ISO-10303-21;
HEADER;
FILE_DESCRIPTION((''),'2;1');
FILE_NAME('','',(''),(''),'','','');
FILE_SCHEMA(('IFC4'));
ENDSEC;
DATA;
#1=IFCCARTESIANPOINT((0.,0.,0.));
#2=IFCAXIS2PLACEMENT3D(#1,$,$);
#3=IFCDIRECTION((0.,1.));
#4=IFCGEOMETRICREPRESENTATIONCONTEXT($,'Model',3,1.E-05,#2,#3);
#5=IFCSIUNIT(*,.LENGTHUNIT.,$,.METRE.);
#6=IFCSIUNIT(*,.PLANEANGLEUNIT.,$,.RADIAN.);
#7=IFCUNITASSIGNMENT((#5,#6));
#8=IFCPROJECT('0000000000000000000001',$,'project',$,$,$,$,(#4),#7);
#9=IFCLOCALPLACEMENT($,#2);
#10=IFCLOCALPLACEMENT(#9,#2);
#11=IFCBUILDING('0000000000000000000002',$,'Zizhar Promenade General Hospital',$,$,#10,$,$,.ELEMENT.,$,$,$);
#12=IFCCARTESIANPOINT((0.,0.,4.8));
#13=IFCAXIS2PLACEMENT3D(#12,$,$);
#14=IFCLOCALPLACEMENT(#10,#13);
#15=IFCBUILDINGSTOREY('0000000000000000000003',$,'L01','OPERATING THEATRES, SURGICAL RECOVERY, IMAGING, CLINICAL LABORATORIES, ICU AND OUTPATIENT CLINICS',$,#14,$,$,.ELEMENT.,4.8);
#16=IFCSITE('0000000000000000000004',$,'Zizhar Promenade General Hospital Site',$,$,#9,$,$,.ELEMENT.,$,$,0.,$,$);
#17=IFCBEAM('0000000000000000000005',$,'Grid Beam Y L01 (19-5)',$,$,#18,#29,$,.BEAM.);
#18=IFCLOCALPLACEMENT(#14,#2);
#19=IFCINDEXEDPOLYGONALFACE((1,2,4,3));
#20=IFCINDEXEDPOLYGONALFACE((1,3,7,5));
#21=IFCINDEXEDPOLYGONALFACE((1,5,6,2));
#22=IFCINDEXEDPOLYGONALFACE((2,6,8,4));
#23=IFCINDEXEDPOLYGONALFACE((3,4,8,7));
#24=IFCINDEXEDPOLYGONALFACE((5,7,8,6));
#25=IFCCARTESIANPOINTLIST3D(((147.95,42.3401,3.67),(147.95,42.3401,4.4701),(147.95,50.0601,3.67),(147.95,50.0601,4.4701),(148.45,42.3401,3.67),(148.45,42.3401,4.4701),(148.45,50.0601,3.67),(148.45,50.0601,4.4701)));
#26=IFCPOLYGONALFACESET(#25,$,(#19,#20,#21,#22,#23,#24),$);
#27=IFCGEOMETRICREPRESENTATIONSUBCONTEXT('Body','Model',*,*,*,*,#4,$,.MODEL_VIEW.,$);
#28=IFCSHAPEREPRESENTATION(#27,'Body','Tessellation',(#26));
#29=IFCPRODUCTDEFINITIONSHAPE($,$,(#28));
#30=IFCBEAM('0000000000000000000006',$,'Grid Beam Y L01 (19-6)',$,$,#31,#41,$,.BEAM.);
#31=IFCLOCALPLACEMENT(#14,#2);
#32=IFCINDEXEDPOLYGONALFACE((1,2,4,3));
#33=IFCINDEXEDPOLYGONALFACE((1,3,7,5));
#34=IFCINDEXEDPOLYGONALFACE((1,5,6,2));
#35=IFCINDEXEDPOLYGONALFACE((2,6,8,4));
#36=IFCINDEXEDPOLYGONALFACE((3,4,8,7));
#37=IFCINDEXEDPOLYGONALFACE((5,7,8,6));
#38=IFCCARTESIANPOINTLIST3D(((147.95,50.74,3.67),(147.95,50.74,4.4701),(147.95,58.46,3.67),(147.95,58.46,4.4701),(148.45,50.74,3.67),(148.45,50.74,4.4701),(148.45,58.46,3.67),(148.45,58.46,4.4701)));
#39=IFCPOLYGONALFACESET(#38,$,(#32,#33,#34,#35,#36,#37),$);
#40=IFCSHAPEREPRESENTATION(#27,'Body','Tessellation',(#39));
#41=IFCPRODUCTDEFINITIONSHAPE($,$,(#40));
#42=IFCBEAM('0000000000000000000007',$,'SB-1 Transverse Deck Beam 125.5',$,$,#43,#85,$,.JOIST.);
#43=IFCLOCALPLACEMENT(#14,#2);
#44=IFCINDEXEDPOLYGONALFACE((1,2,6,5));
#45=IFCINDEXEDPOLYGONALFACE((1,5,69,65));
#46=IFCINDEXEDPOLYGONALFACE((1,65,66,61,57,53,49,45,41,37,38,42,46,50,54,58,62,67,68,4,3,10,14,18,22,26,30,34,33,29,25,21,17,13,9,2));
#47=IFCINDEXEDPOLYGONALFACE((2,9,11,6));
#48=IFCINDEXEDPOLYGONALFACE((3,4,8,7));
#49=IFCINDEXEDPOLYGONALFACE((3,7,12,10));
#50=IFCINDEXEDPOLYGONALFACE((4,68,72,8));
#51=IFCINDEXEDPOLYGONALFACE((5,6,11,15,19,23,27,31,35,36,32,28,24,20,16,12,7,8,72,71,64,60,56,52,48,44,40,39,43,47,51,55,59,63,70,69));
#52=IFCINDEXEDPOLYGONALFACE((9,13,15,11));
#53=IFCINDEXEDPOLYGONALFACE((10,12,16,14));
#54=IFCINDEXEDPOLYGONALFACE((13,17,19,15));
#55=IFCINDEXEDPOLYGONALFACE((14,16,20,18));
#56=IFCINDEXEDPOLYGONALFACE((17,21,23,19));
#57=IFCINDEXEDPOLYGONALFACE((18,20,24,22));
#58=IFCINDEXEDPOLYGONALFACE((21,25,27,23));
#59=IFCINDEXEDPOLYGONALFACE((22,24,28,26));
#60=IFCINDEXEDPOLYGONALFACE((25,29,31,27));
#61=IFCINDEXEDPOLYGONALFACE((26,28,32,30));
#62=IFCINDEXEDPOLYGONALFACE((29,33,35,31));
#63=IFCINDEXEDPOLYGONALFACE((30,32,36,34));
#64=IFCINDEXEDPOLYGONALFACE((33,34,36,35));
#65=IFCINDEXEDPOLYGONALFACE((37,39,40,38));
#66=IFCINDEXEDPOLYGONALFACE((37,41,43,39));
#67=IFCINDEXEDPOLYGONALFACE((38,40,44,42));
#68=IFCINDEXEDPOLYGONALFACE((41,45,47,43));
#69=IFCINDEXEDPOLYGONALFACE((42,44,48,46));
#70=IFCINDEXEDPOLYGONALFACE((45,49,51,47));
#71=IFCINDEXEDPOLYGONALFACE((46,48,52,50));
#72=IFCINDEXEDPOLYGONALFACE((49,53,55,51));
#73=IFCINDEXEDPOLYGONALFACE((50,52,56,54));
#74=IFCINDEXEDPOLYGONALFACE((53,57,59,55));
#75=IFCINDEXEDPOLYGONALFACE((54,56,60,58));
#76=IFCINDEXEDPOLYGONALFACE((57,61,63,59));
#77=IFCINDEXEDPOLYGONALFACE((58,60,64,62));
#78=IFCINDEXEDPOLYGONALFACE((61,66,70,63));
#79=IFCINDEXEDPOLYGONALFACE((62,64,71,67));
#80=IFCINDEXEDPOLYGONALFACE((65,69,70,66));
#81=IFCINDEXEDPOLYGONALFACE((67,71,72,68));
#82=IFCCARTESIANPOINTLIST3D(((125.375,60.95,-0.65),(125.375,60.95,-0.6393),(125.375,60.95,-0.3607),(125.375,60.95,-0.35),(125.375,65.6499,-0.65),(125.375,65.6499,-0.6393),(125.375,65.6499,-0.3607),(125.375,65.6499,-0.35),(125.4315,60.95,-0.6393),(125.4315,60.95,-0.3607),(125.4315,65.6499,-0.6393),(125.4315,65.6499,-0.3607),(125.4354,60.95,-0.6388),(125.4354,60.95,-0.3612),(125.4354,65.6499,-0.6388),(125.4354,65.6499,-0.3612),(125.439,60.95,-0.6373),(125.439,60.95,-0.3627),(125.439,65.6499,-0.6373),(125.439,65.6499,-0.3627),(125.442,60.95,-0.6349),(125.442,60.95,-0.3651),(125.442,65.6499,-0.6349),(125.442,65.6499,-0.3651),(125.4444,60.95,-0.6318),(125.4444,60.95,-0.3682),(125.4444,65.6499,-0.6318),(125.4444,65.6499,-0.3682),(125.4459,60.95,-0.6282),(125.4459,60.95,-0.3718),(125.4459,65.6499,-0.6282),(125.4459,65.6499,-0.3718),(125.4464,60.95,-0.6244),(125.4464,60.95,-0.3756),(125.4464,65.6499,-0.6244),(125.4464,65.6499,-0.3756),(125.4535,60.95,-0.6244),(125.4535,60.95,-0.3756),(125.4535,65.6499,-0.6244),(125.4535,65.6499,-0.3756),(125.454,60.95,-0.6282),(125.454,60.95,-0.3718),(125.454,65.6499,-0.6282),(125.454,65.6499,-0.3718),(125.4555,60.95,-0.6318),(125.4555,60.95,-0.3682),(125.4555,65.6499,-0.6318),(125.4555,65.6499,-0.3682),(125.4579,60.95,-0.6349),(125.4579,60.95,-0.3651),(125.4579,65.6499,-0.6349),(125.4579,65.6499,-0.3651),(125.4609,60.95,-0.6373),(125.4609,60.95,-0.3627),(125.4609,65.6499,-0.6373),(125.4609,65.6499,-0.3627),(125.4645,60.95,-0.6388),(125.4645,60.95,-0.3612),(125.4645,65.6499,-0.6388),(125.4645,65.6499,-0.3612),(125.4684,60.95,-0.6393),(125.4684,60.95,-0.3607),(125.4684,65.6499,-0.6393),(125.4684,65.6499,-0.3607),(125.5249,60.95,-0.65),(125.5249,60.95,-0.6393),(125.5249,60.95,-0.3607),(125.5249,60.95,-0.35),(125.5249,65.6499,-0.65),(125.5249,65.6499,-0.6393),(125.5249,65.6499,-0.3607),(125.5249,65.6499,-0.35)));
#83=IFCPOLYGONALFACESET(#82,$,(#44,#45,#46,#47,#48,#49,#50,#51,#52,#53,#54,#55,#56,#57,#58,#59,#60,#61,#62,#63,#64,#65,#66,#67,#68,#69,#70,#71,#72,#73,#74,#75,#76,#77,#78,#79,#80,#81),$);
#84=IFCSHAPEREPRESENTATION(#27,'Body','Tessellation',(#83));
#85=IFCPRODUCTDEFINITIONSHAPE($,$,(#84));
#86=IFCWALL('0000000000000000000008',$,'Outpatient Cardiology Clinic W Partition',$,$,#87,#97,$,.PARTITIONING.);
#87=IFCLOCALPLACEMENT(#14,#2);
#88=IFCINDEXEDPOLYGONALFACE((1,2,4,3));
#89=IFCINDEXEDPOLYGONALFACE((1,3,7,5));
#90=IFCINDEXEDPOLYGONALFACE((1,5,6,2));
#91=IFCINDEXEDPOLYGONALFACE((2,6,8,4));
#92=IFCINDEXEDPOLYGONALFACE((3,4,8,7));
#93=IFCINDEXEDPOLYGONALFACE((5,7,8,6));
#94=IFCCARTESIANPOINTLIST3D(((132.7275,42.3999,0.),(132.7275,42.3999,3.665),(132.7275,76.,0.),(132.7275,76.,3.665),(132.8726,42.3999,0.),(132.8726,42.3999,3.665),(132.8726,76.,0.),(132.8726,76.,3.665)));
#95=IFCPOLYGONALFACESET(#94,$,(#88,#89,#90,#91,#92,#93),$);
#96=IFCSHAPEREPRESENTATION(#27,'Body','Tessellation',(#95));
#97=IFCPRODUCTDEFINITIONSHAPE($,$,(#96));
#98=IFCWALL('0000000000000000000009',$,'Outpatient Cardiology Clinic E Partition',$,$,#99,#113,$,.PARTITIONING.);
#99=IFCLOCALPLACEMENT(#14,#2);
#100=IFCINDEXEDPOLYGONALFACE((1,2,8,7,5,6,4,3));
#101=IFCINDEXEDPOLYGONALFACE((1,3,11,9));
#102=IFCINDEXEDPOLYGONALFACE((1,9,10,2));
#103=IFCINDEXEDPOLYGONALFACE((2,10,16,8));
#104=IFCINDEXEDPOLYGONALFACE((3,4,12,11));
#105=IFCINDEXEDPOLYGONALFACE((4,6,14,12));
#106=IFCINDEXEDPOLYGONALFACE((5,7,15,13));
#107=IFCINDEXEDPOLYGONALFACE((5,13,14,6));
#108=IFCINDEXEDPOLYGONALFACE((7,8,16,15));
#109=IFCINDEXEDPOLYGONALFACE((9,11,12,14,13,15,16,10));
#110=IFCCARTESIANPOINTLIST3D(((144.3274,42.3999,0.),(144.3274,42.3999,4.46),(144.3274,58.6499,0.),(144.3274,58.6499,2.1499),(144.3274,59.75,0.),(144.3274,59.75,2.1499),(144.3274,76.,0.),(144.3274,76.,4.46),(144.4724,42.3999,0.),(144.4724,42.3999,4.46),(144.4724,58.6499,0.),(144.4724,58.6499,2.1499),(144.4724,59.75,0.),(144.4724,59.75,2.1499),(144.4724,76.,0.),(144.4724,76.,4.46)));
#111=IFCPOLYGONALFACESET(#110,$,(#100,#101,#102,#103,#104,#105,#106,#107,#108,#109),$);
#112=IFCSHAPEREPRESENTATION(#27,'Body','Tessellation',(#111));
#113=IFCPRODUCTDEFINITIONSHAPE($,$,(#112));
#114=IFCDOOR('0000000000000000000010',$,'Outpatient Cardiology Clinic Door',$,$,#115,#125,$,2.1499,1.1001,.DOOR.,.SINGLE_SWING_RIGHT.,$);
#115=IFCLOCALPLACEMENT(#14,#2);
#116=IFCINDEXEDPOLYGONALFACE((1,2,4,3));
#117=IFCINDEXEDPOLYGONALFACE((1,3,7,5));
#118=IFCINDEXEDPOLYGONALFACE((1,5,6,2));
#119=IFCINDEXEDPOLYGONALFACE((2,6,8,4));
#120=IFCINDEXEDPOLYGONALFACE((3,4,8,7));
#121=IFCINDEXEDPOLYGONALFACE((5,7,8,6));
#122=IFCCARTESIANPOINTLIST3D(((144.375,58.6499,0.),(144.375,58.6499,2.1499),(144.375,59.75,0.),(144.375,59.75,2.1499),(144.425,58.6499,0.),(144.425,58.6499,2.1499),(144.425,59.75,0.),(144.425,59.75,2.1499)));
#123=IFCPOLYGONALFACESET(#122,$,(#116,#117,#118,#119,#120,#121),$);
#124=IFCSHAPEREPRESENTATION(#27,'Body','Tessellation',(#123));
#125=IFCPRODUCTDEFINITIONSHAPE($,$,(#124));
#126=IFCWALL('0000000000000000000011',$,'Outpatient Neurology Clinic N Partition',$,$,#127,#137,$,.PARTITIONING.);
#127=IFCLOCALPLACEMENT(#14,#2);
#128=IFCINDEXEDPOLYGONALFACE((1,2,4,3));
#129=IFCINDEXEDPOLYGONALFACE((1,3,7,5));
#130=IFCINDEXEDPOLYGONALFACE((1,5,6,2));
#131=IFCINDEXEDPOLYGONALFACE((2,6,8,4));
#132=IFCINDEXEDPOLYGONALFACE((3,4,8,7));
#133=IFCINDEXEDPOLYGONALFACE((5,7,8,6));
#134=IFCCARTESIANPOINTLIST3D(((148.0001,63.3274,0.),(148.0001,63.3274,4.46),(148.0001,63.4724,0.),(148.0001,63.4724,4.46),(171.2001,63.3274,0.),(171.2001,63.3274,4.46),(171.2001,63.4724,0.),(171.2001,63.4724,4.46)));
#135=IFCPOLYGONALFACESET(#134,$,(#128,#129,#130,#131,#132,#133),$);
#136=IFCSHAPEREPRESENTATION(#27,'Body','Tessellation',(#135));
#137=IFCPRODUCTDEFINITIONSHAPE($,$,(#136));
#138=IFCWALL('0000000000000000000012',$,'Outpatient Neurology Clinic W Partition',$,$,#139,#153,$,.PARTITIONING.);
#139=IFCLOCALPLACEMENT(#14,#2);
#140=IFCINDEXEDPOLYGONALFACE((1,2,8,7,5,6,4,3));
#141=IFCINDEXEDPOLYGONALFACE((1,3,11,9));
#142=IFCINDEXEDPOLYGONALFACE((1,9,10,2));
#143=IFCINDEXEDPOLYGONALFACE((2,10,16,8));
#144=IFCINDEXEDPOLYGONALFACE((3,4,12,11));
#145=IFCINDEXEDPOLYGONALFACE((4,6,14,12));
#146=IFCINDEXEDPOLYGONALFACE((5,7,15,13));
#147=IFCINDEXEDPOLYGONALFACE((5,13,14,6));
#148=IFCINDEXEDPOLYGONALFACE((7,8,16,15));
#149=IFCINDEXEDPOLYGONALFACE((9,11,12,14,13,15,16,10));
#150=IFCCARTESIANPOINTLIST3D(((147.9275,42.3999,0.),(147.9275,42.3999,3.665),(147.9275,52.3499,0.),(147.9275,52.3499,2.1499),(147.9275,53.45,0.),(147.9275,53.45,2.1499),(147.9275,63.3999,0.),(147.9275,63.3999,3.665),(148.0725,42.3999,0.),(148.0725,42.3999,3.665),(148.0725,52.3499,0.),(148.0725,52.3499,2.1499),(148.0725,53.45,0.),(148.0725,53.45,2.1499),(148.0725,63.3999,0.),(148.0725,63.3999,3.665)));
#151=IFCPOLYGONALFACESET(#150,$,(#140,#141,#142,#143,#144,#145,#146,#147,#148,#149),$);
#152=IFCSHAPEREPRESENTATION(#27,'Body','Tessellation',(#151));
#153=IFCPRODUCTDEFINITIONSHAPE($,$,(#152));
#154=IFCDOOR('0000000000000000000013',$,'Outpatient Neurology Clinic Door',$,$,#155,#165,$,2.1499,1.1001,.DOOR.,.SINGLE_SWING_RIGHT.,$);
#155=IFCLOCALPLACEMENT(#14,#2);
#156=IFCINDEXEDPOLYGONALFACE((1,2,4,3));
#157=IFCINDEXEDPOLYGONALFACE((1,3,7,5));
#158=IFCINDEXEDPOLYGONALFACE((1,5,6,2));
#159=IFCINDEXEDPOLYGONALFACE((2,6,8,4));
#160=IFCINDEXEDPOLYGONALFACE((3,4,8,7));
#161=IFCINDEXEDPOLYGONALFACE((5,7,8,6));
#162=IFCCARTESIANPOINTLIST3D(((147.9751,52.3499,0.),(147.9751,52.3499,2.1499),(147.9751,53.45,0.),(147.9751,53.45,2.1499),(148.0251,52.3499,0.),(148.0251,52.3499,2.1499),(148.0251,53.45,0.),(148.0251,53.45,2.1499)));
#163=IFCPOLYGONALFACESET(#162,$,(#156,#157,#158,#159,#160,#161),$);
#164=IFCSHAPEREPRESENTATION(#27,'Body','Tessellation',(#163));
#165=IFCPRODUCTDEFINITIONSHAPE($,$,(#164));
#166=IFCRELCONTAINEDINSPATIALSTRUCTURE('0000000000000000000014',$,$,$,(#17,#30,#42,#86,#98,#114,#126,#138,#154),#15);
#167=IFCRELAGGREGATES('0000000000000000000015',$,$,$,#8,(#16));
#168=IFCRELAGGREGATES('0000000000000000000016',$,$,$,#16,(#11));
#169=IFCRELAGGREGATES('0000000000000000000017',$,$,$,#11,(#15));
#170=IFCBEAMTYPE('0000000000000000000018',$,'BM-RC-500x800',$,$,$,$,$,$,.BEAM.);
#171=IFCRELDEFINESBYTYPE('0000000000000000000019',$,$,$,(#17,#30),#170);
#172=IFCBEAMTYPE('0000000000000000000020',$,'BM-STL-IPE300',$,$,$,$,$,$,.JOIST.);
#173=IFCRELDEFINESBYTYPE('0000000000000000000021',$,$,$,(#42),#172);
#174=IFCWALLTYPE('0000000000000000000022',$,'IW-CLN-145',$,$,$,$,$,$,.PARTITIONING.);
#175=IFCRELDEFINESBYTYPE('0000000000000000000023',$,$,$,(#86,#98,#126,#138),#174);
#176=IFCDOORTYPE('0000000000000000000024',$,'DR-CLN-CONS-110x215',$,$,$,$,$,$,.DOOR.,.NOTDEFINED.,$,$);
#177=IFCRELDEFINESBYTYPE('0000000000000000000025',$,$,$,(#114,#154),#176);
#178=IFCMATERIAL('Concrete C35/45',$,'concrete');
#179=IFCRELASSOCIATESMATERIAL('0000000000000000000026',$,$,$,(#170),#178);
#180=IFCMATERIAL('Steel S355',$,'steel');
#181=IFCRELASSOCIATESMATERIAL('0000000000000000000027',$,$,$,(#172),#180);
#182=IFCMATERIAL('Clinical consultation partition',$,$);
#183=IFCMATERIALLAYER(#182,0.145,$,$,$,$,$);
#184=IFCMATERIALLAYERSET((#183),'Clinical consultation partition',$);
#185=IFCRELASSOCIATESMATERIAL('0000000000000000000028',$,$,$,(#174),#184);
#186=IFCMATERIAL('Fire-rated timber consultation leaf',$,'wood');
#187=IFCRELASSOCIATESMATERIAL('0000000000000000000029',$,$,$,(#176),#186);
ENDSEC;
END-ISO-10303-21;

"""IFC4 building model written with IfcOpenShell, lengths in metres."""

from ifc_helpers import new_model, si_unit, direction, frame, frame_2d, origin, origin_2d, place, context, subcontext, project, spatial, rectangle, i_section, extrude, material, layer, layer_set, material_profile, profile_set, type_object, element, fill, save


model = new_model("IFC4")

# Units and contexts
model_context = context("Model", 3, precision=1e-05, world=origin(), true_north=direction((0.0, 1.0)))
body_context = subcontext(model_context, "Body", "Model", "MODEL_VIEW")
ifc_project = project(units=[si_unit("LENGTHUNIT", "METRE"), si_unit("PLANEANGLEUNIT", "RADIAN")], contexts=[model_context])

# Site, building, storey
site_placement = place(None, origin())
site = spatial("IfcSite", under=ifc_project, at=site_placement, Name="Zizhar Promenade General Hospital Site", CompositionType="ELEMENT", RefElevation=0.0)
building_placement = place(site_placement, origin())
building = spatial("IfcBuilding", under=site, at=building_placement, Name="Zizhar Promenade General Hospital", CompositionType="ELEMENT")
storey_placement = place(building_placement, frame((0.0, 0.0, 4.8)))
storey = spatial("IfcBuildingStorey", under=building, at=storey_placement, Name="L01", Description="OPERATING THEATRES, SURGICAL RECOVERY, IMAGING, CLINICAL LABORATORIES, ICU AND OUTPATIENT CLINICS", CompositionType="ELEMENT", Elevation=4.8)

# Beams
ifc_material_1 = material(Name="Concrete C35/45", Category="concrete")
ifc_material_profile_1 = material_profile(ifc_material_1, rectangle(XDim=0.5, YDim=0.8, at=origin_2d()))
ifc_profile_set_1 = profile_set([ifc_material_profile_1], Name="Concrete C35/45")
beam_type_1 = type_object("IfcBeamType", Name="BM-RC-500x800", PredefinedType="BEAM", material=ifc_profile_set_1)
for number, where, z_axis, x_axis, name in (
    (1, (148.2, 42.3401, 4.0701), (0.0, 1.0, 0.0), (-1.0, 0.0, 0.0), "Grid Beam Y L01 (19-5)"),
    (2, (148.2, 50.74, 4.0701), (0.0, 1.0, 0.0), (-1.0, 0.0, 0.0), "Grid Beam Y L01 (19-6)"),
):
    element("IfcBeam", number, at=place(storey_placement, frame(where, z_axis=z_axis, x_axis=x_axis)), inside=storey, type_object=beam_type_1, Name=name, PredefinedType="BEAM", context=body_context, shape_type="SweptSolid", body=[
        extrude(rectangle(XDim=0.5, YDim=0.8, at=origin_2d()), origin(), (0.0, 0.0, 1.0), 7.72),
    ])
ifc_material_2 = material(Name="Steel S355", Category="steel")
ifc_material_profile_2 = material_profile(ifc_material_2, i_section(OverallWidth=0.1499, OverallDepth=0.3, WebThickness=0.0071, FlangeThickness=0.0107, FilletRadius=0.0149, at=origin_2d()))
ifc_profile_set_2 = profile_set([ifc_material_profile_2], Name="Steel S355")
beam_type_2 = type_object("IfcBeamType", Name="BM-STL-IPE300", PredefinedType="JOIST", material=ifc_profile_set_2)
beam_1_placement = place(storey_placement, frame((125.45, 60.95, -0.5), z_axis=(0.0, 1.0, 0.0), x_axis=(-1.0, 0.0, 0.0)))
element("IfcBeam", 3, at=beam_1_placement, inside=storey, type_object=beam_type_2, Name="SB-1 Transverse Deck Beam 125.5", PredefinedType="JOIST", context=body_context, shape_type="SweptSolid", body=[
    extrude(i_section(OverallWidth=0.1499, OverallDepth=0.3, WebThickness=0.0071, FlangeThickness=0.0107, FilletRadius=0.0149, at=origin_2d()), origin(), (0.0, 0.0, 1.0), 4.7),
])

# Wall
ifc_material_3 = material(Name="Clinical consultation partition")
ifc_layer = layer(ifc_material_3, 0.145)
ifc_layer_set = layer_set([ifc_layer], Name="Clinical consultation partition")
wall_type = type_object("IfcWallType", Name="IW-CLN-145", PredefinedType="PARTITIONING", material=ifc_layer_set)
wall_1_placement = place(storey_placement, frame((132.8, 42.3999, 0.0), z_axis=(0.0, 0.0, 1.0), x_axis=(0.0, 1.0, 0.0)))
element("IfcWall", 4, at=wall_1_placement, inside=storey, type_object=wall_type, Name="Outpatient Cardiology Clinic W Partition", PredefinedType="PARTITIONING", context=body_context, shape_type="SweptSolid", body=[
    extrude(rectangle(XDim=33.6001, YDim=0.145, at=frame_2d((16.8, 0.0))), origin(), (0.0, 0.0, 1.0), 3.665),
])

# Wall, opening, door
wall_2_placement = place(storey_placement, frame((144.3999, 42.3999, 0.0), z_axis=(0.0, 0.0, 1.0), x_axis=(0.0, 1.0, 0.0)))
wall_2 = element("IfcWall", 5, at=wall_2_placement, inside=storey, type_object=wall_type, Name="Outpatient Cardiology Clinic E Partition", PredefinedType="PARTITIONING", context=body_context, shape_type="SweptSolid", body=[
    extrude(rectangle(XDim=33.6001, YDim=0.145, at=frame_2d((16.8, 0.0))), origin(), (0.0, 0.0, 1.0), 4.46),
])
opening_1_placement = place(wall_2_placement, frame((16.25, 0.0, 0.0)))
opening_1 = element("IfcOpeningElement", 6, at=opening_1_placement, cuts=wall_2, PredefinedType="OPENING", context=body_context, shape_type="SweptSolid", body=[
    extrude(rectangle(XDim=1.1001, YDim=2.1499, at=frame_2d((0.55, 1.075))), frame((0.0, 0.0825, 0.0), z_axis=(0.0, -1.0, 0.0), x_axis=(1.0, 0.0, 0.0)), (0.0, 0.0, 1.0), 0.165),
])
ifc_material_4 = material(Name="Fire-rated timber consultation leaf", Category="wood")
door_type = type_object("IfcDoorType", Name="DR-CLN-CONS-110x215", OperationType="NOTDEFINED", PredefinedType="DOOR", material=ifc_material_4)
door_1_placement = place(opening_1_placement, origin())
door_1 = element("IfcDoor", 7, at=door_1_placement, inside=storey, type_object=door_type, Name="Outpatient Cardiology Clinic Door", OperationType="SINGLE_SWING_RIGHT", OverallHeight=2.1499, OverallWidth=1.1001, PredefinedType="DOOR", context=body_context, shape_type="SweptSolid", body=[
    extrude(rectangle(XDim=1.1001, YDim=2.1499, at=frame_2d((0.55, 1.075))), frame((0.0, 0.0249, 0.0), z_axis=(0.0, -1.0, 0.0), x_axis=(1.0, 0.0, 0.0)), (0.0, 0.0, 1.0), 0.05),
])
fill(opening_1, door_1)

# Wall
wall_3_placement = place(storey_placement, frame((148.0, 63.3999, 0.0), z_axis=(0.0, 0.0, 1.0), x_axis=(1.0, 0.0, 0.0)))
element("IfcWall", 8, at=wall_3_placement, inside=storey, type_object=wall_type, Name="Outpatient Neurology Clinic N Partition", PredefinedType="PARTITIONING", context=body_context, shape_type="SweptSolid", body=[
    extrude(rectangle(XDim=23.2, YDim=0.145, at=frame_2d((11.6001, 0.0))), origin(), (0.0, 0.0, 1.0), 4.46),
])

# Wall, opening, door
wall_4_placement = place(storey_placement, frame((148.0, 42.3999, 0.0), z_axis=(0.0, 0.0, 1.0), x_axis=(0.0, 1.0, 0.0)))
wall_4 = element("IfcWall", 9, at=wall_4_placement, inside=storey, type_object=wall_type, Name="Outpatient Neurology Clinic W Partition", PredefinedType="PARTITIONING", context=body_context, shape_type="SweptSolid", body=[
    extrude(rectangle(XDim=21.0, YDim=0.145, at=frame_2d((10.5, 0.0))), origin(), (0.0, 0.0, 1.0), 3.665),
])
opening_2_placement = place(wall_4_placement, frame((9.95, 0.0, 0.0)))
opening_2 = element("IfcOpeningElement", 10, at=opening_2_placement, cuts=wall_4, PredefinedType="OPENING", context=body_context, shape_type="SweptSolid", body=[
    extrude(rectangle(XDim=1.1001, YDim=2.1499, at=frame_2d((0.55, 1.075))), frame((0.0, 0.0825, 0.0), z_axis=(0.0, -1.0, 0.0), x_axis=(1.0, 0.0, 0.0)), (0.0, 0.0, 1.0), 0.165),
])
door_2_placement = place(opening_2_placement, origin())
door_2 = element("IfcDoor", 11, at=door_2_placement, inside=storey, type_object=door_type, Name="Outpatient Neurology Clinic Door", OperationType="SINGLE_SWING_RIGHT", OverallHeight=2.1499, OverallWidth=1.1001, PredefinedType="DOOR", context=body_context, shape_type="SweptSolid", body=[
    extrude(rectangle(XDim=1.1001, YDim=2.1499, at=frame_2d((0.55, 1.075))), frame((0.0, 0.0249, 0.0), z_axis=(0.0, -1.0, 0.0), x_axis=(1.0, 0.0, 0.0)), (0.0, 0.0, 1.0), 0.05),
])
fill(opening_2, door_2)

save(model, "model.ifc")
